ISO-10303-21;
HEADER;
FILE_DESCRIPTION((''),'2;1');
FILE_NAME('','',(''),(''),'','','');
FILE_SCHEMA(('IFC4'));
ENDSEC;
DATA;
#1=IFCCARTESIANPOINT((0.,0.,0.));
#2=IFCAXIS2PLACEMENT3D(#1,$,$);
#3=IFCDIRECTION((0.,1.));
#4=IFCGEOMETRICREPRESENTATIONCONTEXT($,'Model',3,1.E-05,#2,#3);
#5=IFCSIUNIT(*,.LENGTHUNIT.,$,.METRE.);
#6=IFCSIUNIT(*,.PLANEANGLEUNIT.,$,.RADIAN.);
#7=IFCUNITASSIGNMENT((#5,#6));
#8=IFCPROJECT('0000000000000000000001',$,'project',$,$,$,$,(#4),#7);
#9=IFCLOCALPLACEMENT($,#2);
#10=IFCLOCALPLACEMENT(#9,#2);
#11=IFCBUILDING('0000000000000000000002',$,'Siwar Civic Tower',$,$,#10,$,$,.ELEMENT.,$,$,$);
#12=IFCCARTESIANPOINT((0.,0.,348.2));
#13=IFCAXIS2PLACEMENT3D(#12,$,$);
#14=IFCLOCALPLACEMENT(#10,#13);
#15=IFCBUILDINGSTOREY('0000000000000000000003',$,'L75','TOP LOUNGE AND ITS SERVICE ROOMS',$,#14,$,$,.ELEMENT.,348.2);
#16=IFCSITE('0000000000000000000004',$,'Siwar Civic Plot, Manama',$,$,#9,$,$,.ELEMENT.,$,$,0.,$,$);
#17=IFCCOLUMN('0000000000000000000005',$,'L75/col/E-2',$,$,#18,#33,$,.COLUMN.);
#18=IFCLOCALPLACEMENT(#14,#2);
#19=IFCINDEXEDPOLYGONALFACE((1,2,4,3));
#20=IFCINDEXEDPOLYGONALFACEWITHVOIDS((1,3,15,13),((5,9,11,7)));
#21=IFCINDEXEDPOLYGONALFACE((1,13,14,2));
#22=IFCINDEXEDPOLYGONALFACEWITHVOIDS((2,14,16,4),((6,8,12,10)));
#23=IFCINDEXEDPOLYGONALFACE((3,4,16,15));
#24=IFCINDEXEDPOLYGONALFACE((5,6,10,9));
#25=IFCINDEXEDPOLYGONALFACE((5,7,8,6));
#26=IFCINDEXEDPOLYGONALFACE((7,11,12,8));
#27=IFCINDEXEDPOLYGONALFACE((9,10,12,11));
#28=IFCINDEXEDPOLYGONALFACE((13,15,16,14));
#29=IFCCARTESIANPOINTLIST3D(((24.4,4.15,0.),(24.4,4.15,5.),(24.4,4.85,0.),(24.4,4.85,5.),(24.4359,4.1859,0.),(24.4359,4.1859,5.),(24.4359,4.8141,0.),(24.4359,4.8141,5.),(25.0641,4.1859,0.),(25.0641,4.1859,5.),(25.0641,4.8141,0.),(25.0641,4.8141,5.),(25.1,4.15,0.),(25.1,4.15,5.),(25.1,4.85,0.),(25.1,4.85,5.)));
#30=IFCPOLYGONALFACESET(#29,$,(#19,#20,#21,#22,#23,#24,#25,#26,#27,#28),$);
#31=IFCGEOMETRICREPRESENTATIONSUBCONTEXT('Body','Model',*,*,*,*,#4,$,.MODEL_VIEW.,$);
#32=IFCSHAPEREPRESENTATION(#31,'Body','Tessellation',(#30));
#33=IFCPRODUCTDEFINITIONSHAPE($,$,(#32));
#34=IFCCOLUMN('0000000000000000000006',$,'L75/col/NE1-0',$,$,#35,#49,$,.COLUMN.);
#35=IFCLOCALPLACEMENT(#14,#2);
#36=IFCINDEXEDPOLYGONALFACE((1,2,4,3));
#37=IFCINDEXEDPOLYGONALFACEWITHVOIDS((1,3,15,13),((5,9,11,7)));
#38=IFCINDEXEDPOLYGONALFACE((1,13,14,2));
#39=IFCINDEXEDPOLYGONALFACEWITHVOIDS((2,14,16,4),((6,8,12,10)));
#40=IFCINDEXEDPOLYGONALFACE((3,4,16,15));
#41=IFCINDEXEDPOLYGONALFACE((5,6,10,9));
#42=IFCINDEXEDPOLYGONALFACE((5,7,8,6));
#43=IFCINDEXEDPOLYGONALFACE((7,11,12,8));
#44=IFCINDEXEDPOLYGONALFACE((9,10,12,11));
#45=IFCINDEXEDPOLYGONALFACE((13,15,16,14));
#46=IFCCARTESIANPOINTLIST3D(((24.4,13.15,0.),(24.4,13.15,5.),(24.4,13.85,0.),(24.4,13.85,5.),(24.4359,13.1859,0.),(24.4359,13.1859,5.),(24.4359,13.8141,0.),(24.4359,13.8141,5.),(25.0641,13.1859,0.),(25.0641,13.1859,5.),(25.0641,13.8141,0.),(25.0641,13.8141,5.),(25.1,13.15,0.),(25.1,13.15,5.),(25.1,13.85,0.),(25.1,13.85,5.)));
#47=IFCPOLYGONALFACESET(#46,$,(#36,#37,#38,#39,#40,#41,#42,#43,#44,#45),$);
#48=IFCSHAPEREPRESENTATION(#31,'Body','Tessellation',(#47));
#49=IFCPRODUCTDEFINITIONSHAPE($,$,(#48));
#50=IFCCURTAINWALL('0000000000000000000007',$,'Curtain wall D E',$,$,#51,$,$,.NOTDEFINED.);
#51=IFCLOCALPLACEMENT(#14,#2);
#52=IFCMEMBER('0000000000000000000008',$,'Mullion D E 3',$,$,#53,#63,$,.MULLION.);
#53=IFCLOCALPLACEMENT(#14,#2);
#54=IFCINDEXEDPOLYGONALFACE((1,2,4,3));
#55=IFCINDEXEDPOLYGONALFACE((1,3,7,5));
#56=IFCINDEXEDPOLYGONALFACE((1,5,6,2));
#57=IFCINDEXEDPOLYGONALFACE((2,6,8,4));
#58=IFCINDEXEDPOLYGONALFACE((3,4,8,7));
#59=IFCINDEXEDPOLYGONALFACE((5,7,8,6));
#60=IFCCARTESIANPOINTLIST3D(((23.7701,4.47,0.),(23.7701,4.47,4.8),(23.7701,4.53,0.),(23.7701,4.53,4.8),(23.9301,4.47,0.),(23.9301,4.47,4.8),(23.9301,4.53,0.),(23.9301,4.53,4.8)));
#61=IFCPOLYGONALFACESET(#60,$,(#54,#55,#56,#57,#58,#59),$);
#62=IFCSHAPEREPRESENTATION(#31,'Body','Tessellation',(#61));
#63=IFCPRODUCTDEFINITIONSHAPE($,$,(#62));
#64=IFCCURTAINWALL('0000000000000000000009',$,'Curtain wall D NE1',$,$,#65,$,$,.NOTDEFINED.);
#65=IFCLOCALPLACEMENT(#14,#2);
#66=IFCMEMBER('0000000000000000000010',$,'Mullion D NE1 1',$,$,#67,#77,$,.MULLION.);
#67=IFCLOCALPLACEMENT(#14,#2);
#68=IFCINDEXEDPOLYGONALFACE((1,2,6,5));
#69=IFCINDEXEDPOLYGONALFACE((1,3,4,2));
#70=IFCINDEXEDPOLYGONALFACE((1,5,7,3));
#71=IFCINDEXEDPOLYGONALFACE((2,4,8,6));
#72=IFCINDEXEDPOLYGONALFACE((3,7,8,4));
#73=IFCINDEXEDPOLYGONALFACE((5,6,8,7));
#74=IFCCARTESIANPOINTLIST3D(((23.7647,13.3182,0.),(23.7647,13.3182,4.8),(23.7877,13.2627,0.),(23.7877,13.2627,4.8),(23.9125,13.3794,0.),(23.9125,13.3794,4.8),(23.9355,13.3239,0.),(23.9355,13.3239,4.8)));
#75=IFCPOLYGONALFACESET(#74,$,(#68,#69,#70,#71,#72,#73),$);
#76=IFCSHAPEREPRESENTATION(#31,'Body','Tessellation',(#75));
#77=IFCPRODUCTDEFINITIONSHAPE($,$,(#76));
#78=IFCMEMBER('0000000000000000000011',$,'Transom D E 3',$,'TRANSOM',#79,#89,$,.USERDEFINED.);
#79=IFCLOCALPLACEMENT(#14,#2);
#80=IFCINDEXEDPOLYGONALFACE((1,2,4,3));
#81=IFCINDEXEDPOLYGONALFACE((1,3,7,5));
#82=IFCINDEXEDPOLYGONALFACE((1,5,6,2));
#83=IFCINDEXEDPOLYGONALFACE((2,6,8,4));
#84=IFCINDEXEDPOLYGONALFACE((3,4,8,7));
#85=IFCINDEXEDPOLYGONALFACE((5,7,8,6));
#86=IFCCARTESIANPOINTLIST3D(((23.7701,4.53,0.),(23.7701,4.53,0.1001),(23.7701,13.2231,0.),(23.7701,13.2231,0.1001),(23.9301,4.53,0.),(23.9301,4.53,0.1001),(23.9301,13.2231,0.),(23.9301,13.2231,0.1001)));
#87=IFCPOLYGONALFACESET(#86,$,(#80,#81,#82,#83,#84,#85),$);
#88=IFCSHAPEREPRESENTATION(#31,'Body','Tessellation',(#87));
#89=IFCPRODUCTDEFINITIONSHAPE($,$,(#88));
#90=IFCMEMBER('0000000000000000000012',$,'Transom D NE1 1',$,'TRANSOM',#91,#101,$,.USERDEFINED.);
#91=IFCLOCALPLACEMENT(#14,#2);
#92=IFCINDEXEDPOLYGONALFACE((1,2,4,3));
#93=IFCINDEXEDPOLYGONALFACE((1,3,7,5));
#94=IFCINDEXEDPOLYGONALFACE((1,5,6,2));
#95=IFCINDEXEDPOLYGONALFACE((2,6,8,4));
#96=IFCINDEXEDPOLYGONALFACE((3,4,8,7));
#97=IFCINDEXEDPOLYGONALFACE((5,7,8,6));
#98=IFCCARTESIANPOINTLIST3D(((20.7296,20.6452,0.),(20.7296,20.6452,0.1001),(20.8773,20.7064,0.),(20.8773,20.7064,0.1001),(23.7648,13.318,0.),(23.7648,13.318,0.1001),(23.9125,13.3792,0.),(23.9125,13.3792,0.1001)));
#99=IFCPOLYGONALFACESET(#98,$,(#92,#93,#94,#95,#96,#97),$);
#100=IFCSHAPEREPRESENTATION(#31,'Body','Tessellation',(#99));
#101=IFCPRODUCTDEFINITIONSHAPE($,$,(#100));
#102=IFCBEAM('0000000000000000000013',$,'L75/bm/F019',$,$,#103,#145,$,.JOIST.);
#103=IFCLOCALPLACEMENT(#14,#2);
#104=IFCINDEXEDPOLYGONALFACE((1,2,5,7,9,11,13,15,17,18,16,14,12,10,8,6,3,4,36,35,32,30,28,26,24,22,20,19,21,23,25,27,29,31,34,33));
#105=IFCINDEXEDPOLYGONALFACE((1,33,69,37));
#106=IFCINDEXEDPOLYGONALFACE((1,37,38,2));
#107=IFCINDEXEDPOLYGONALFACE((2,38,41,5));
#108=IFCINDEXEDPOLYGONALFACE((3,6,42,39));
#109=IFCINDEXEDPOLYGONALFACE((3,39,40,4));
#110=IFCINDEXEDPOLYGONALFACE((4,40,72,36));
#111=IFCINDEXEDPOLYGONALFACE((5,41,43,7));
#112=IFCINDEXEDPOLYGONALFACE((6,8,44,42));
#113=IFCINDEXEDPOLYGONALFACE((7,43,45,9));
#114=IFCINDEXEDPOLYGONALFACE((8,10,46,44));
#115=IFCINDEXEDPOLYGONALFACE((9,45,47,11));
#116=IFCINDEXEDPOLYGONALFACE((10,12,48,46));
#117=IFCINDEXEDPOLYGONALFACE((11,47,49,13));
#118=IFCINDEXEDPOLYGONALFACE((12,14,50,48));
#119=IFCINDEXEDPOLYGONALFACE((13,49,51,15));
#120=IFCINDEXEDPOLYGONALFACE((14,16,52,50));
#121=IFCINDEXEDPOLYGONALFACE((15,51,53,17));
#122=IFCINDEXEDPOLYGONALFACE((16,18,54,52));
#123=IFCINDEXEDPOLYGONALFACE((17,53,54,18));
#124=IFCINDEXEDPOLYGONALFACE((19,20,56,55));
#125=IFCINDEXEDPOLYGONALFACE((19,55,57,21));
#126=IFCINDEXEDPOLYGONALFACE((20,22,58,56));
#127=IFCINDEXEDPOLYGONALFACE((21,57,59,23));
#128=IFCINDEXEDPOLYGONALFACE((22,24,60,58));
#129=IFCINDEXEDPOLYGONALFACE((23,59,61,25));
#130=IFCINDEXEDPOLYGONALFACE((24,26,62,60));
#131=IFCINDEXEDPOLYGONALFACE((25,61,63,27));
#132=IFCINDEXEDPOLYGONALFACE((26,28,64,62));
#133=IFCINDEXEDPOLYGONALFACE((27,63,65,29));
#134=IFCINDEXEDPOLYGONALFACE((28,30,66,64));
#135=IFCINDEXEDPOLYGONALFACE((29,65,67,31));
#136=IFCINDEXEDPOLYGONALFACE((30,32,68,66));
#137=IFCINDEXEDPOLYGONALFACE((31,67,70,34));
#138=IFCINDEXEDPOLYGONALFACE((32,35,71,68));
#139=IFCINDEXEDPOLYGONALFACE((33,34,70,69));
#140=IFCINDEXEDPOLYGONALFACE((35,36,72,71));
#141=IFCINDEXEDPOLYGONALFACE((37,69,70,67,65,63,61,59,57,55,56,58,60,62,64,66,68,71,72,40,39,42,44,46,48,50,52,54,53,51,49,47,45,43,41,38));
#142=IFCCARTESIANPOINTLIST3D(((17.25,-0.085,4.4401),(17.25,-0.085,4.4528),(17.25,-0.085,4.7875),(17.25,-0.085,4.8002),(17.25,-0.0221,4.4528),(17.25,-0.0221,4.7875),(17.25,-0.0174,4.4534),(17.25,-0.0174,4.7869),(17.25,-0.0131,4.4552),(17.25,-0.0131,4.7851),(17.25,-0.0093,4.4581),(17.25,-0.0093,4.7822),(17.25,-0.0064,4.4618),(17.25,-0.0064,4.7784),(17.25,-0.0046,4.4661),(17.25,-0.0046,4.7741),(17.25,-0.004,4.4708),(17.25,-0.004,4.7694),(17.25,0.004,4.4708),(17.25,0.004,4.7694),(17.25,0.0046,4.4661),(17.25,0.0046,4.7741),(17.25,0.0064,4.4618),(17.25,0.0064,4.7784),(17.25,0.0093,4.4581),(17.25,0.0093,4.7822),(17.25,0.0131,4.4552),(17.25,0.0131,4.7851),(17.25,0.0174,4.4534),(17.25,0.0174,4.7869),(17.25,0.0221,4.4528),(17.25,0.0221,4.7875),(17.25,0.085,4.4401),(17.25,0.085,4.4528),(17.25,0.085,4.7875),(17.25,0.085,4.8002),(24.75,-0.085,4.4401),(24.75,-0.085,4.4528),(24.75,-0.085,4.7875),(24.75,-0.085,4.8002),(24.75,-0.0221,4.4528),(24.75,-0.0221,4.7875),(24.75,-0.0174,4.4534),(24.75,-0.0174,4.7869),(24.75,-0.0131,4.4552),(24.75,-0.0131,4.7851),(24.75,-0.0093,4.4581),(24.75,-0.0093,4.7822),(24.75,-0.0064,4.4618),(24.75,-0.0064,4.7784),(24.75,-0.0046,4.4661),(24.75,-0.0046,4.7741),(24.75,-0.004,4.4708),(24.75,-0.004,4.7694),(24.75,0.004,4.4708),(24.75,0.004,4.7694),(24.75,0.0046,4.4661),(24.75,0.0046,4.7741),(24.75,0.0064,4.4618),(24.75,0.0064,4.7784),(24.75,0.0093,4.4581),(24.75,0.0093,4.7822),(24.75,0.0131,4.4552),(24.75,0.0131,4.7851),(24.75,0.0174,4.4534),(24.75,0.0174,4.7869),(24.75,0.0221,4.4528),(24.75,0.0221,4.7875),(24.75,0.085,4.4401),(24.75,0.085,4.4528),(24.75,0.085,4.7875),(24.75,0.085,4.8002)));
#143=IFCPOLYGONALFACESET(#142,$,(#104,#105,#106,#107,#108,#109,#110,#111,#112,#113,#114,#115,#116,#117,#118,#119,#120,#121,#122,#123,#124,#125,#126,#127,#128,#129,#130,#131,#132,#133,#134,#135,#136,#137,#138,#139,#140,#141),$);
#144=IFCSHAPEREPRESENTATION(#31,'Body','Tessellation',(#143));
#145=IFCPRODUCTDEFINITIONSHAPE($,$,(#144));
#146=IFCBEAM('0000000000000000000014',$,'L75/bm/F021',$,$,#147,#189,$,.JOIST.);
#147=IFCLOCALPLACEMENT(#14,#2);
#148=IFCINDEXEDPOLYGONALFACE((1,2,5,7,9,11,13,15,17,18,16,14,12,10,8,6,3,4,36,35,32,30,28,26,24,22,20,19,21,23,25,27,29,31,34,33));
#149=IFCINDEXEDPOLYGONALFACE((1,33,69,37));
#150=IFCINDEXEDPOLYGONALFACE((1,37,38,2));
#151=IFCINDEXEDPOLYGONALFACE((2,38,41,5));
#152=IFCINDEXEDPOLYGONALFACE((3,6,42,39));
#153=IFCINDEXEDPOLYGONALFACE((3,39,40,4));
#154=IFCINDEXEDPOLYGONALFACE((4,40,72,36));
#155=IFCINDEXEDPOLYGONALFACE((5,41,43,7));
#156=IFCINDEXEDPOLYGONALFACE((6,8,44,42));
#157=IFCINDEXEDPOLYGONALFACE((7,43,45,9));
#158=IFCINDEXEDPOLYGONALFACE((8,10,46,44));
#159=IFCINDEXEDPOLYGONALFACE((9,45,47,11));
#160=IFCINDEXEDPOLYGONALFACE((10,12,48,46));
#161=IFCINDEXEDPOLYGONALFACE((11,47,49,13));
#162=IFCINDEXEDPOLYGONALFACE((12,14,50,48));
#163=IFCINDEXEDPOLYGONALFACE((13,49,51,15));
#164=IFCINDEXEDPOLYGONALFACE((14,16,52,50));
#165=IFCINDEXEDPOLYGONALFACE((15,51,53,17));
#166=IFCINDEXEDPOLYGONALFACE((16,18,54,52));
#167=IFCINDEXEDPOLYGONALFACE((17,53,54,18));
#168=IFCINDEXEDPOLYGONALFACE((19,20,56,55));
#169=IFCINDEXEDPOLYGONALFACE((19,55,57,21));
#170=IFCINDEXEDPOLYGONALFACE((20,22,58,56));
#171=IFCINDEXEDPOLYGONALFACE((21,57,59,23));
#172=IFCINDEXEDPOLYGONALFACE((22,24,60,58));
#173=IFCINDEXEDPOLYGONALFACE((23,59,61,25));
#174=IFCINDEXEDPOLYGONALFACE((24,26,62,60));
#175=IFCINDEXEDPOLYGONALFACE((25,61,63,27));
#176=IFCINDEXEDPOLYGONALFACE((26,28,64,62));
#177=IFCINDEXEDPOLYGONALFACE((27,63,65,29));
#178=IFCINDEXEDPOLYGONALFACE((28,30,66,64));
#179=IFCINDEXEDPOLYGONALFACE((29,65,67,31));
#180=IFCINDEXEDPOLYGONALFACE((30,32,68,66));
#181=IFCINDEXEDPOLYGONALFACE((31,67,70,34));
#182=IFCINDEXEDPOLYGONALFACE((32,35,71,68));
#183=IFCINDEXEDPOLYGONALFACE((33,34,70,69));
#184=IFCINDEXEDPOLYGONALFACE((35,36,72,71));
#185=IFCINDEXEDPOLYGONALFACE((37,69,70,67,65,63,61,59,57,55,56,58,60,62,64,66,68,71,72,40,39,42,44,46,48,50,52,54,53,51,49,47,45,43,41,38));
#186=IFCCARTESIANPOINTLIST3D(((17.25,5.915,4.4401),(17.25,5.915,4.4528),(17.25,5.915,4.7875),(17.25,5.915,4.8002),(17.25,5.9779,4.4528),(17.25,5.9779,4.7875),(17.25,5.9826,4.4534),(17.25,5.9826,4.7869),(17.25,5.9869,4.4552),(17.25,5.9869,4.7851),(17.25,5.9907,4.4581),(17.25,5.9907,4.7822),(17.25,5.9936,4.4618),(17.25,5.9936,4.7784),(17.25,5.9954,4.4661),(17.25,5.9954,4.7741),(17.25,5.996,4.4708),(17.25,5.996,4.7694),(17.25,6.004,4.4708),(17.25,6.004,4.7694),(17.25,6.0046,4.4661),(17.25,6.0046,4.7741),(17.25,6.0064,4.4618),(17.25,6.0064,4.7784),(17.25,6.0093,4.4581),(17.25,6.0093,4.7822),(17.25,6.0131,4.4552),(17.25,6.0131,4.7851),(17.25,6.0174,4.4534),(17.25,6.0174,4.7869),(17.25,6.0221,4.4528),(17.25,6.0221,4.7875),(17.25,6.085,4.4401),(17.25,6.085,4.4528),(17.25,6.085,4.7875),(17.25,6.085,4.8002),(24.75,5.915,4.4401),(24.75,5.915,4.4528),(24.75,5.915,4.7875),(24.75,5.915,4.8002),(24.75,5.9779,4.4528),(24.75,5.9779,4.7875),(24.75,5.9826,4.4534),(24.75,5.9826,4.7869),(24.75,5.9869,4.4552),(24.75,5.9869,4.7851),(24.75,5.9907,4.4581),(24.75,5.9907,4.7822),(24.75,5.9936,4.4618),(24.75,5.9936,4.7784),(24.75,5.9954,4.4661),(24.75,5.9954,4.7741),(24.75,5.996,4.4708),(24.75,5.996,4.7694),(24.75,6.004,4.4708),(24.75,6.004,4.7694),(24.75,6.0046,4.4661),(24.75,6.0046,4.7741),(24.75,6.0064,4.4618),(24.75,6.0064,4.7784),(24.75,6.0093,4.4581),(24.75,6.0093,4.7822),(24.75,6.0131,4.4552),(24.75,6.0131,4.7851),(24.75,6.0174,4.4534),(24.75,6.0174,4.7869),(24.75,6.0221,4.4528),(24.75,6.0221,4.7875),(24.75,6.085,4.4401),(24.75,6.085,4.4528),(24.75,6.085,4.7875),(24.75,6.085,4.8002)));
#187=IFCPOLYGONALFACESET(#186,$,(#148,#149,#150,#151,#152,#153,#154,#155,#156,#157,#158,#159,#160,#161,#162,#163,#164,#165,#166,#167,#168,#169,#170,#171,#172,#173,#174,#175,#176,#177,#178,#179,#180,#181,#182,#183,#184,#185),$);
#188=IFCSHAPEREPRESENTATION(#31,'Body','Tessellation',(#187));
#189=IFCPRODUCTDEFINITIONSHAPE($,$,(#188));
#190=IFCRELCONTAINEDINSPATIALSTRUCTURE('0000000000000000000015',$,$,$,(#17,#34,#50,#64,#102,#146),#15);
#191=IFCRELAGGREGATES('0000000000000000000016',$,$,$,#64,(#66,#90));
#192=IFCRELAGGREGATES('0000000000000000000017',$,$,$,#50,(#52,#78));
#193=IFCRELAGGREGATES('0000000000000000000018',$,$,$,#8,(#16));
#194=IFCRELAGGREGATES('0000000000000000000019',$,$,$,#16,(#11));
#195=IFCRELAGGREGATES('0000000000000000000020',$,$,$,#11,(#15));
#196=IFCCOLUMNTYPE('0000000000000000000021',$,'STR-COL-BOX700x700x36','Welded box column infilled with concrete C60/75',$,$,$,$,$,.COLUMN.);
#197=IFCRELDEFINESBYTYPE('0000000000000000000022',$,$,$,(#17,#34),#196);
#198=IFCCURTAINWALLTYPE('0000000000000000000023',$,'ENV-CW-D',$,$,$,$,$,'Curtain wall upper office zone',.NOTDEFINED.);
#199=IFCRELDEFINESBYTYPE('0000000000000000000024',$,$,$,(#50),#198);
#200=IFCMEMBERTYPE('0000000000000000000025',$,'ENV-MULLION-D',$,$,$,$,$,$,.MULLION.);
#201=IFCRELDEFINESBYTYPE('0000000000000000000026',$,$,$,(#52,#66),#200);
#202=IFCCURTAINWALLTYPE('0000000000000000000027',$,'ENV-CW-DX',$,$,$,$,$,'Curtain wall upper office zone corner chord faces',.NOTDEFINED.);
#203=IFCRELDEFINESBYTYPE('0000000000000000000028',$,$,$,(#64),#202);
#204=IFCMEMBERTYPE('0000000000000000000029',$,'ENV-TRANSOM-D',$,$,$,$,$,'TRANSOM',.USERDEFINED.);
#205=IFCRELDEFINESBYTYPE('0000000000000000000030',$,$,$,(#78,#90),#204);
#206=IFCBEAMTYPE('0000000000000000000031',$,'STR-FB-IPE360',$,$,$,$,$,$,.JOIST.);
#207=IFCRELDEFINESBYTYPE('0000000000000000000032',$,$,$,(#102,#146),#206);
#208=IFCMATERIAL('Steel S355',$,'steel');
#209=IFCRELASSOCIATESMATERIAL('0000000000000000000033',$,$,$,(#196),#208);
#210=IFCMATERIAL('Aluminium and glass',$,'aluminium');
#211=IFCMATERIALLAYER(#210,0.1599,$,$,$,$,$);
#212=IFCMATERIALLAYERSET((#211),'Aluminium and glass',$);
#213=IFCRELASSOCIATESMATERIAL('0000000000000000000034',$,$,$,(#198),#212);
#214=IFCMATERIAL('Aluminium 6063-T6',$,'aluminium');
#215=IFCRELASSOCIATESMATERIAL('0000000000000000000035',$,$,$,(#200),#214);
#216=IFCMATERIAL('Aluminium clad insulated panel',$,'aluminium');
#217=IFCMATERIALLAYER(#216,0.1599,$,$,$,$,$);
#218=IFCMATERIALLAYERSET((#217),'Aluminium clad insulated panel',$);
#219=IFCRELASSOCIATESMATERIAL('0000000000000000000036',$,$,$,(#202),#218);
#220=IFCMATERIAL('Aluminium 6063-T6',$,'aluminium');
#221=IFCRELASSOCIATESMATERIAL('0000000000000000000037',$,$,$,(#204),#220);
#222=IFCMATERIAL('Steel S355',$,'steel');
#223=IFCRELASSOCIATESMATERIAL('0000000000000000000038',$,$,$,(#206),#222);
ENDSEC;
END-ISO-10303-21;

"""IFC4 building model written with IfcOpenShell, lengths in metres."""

from ifc_helpers import new_model, si_unit, direction, frame, origin, origin_2d, place, context, subcontext, project, spatial, rectangle, hollow_rectangle, i_section, extrude, material, layer, layer_set, material_profile, profile_set, type_object, element, aggregate, save


model = new_model("IFC4")

# Units and contexts
model_context = context("Model", 3, precision=1e-05, world=origin(), true_north=direction((0.0, 1.0)))
body_context = subcontext(model_context, "Body", "Model", "MODEL_VIEW")
ifc_project = project(units=[si_unit("LENGTHUNIT", "METRE"), si_unit("PLANEANGLEUNIT", "RADIAN")], contexts=[model_context])

# Site, building, storey
site_placement = place(None, origin())
site = spatial("IfcSite", under=ifc_project, at=site_placement, Name="Siwar Civic Plot, Manama", CompositionType="ELEMENT", RefElevation=0.0)
building_placement = place(site_placement, origin())
building = spatial("IfcBuilding", under=site, at=building_placement, Name="Siwar Civic Tower", CompositionType="ELEMENT")
storey_placement = place(building_placement, frame((0.0, 0.0, 348.2)))
storey = spatial("IfcBuildingStorey", under=building, at=storey_placement, Name="L75", Description="TOP LOUNGE AND ITS SERVICE ROOMS", CompositionType="ELEMENT", Elevation=348.2)

# Columns
ifc_material_1 = material(Name="Steel S355", Category="steel")
ifc_material_profile_1 = material_profile(ifc_material_1, hollow_rectangle(XDim=0.7, YDim=0.7, WallThickness=0.0359, at=origin_2d()), Name="BOX700x700x36")
ifc_profile_set_1 = profile_set([ifc_material_profile_1], Name="Steel S355")
column_type = type_object("IfcColumnType", Name="STR-COL-BOX700x700x36", Description="Welded box column infilled with concrete C60/75", PredefinedType="COLUMN", material=ifc_profile_set_1)
for number, where, z_axis, x_axis, name in (
    (1, (24.75, 4.5, 0.0), (0.0, 0.0, 1.0), (1.0, 0.0, 0.0), "L75/col/E-2"),
    (2, (24.75, 13.5, 0.0), (0.0, 0.0, 1.0), (1.0, 0.0, 0.0), "L75/col/NE1-0"),
):
    element("IfcColumn", number, at=place(storey_placement, frame(where, z_axis=z_axis, x_axis=x_axis)), inside=storey, type_object=column_type, Name=name, PredefinedType="COLUMN", context=body_context, shape_type="SweptSolid", body=[
        extrude(hollow_rectangle(XDim=0.7, YDim=0.7, WallThickness=0.0359, at=origin_2d()), origin(), (0.0, 0.0, 1.0), 5.0),
    ])

# Curtain walls, members
ifc_material_2 = material(Name="Aluminium and glass", Category="aluminium")
ifc_layer_1 = layer(ifc_material_2, 0.1599)
ifc_layer_set_1 = layer_set([ifc_layer_1], Name="Aluminium and glass")
curtain_wall_type_1 = type_object("IfcCurtainWallType", Name="ENV-CW-D", ElementType="Curtain wall upper office zone", PredefinedType="NOTDEFINED", material=ifc_layer_set_1)
curtain_wall_1_placement = place(storey_placement, origin())
curtain_wall_1 = element("IfcCurtainWall", 3, at=curtain_wall_1_placement, inside=storey, type_object=curtain_wall_type_1, Name="Curtain wall D E", PredefinedType="NOTDEFINED")
ifc_material_3 = material(Name="Aluminium 6063-T6", Category="aluminium")
ifc_material_profile_2 = material_profile(ifc_material_3, rectangle(XDim=0.1599, YDim=0.0601, at=origin_2d()), Name="AL 160x60")
ifc_profile_set_2 = profile_set([ifc_material_profile_2], Name="Aluminium 6063-T6")
member_type_1 = type_object("IfcMemberType", Name="ENV-MULLION-D", PredefinedType="MULLION", material=ifc_profile_set_2)
member_1_placement = place(storey_placement, frame((23.8501, 4.5, 0.0), z_axis=(0.0, 0.0, 1.0), x_axis=(-1.0, 0.0, 0.0)))
member_1 = element("IfcMember", 4, at=member_1_placement, type_object=member_type_1, Name="Mullion D E 3", PredefinedType="MULLION", context=body_context, shape_type="SweptSolid", body=[
    extrude(rectangle(XDim=0.1599, YDim=0.0601, at=origin_2d()), origin(), (0.0, 0.0, 1.0), 4.8),
])
ifc_material_4 = material(Name="Aluminium clad insulated panel", Category="aluminium")
ifc_layer_2 = layer(ifc_material_4, 0.1599)
ifc_layer_set_2 = layer_set([ifc_layer_2], Name="Aluminium clad insulated panel")
curtain_wall_type_2 = type_object("IfcCurtainWallType", Name="ENV-CW-DX", ElementType="Curtain wall upper office zone corner chord faces", PredefinedType="NOTDEFINED", material=ifc_layer_set_2)
curtain_wall_2_placement = place(storey_placement, origin())
curtain_wall_2 = element("IfcCurtainWall", 5, at=curtain_wall_2_placement, inside=storey, type_object=curtain_wall_type_2, Name="Curtain wall D NE1", PredefinedType="NOTDEFINED")
member_2_placement = place(storey_placement, frame((23.8501, 13.321, 0.0), z_axis=(0.0, 0.0, 1.0), x_axis=(-0.92388, -0.382683, 0.0)))
member_2 = element("IfcMember", 6, at=member_2_placement, type_object=member_type_1, Name="Mullion D NE1 1", PredefinedType="MULLION", context=body_context, shape_type="SweptSolid", body=[
    extrude(rectangle(XDim=0.1599, YDim=0.0601, at=origin_2d()), origin(), (0.0, 0.0, 1.0), 4.8),
])

# Members
ifc_material_5 = material(Name="Aluminium 6063-T6", Category="aluminium")
ifc_material_profile_3 = material_profile(ifc_material_5, rectangle(XDim=0.1599, YDim=0.1001, at=origin_2d()), Name="AL 160x100")
ifc_profile_set_3 = profile_set([ifc_material_profile_3], Name="Aluminium 6063-T6")
member_type_2 = type_object("IfcMemberType", Name="ENV-TRANSOM-D", ElementType="TRANSOM", PredefinedType="USERDEFINED", material=ifc_profile_set_3)
member_3_placement = place(storey_placement, frame((23.8501, 4.53, 0.05), z_axis=(0.0, 1.0, 0.0), x_axis=(-1.0, 0.0, 0.0)))
member_3 = element("IfcMember", 7, at=member_3_placement, type_object=member_type_2, Name="Transom D E 3", ObjectType="TRANSOM", PredefinedType="USERDEFINED", context=body_context, shape_type="SweptSolid", body=[
    extrude(rectangle(XDim=0.1599, YDim=0.1001, at=origin_2d()), origin(), (0.0, 0.0, 1.0), 8.6931),
])
member_4_placement = place(storey_placement, frame((23.8386, 13.3486, 0.05), z_axis=(-0.3827, 0.923873, 0.0), x_axis=(-0.923873, -0.3827, 0.0)))
member_4 = element("IfcMember", 8, at=member_4_placement, type_object=member_type_2, Name="Transom D NE1 1", ObjectType="TRANSOM", PredefinedType="USERDEFINED", context=body_context, shape_type="SweptSolid", body=[
    extrude(rectangle(XDim=0.1599, YDim=0.1001, at=origin_2d()), origin(), (0.0, 0.0, 1.0), 7.9309),
])
aggregate(curtain_wall_2, [member_2, member_4])

# Beams
ifc_material_6 = material(Name="Steel S355", Category="steel")
ifc_material_profile_4 = material_profile(ifc_material_6, i_section(OverallWidth=0.1699, OverallDepth=0.3601, WebThickness=0.0081, FlangeThickness=0.0127, FilletRadius=0.0181, at=origin_2d()), Name="IPE360")
ifc_profile_set_4 = profile_set([ifc_material_profile_4], Name="Steel S355")
beam_type_1 = type_object("IfcBeamType", Name="STR-FB-IPE360", PredefinedType="JOIST", material=ifc_profile_set_4)
for number, where, z_axis, x_axis, name in (
    (9, (17.25, 0.0, 4.6201), (1.0, 0.0, 0.0), (0.0, 1.0, 0.0), "L75/bm/F019"),
    (10, (17.25, 6.0, 4.6201), (1.0, 0.0, 0.0), (0.0, 1.0, 0.0), "L75/bm/F021"),
):
    element("IfcBeam", number, at=place(storey_placement, frame(where, z_axis=z_axis, x_axis=x_axis)), inside=storey, type_object=beam_type_1, Name=name, PredefinedType="JOIST", context=body_context, shape_type="SweptSolid", body=[
        extrude(i_section(OverallWidth=0.1699, OverallDepth=0.3601, WebThickness=0.0081, FlangeThickness=0.0127, FilletRadius=0.0181, at=origin_2d()), origin(), (0.0, 0.0, 1.0), 7.5),
    ])

aggregate(curtain_wall_1, [member_1, member_3])

save(model, "model.ifc")
